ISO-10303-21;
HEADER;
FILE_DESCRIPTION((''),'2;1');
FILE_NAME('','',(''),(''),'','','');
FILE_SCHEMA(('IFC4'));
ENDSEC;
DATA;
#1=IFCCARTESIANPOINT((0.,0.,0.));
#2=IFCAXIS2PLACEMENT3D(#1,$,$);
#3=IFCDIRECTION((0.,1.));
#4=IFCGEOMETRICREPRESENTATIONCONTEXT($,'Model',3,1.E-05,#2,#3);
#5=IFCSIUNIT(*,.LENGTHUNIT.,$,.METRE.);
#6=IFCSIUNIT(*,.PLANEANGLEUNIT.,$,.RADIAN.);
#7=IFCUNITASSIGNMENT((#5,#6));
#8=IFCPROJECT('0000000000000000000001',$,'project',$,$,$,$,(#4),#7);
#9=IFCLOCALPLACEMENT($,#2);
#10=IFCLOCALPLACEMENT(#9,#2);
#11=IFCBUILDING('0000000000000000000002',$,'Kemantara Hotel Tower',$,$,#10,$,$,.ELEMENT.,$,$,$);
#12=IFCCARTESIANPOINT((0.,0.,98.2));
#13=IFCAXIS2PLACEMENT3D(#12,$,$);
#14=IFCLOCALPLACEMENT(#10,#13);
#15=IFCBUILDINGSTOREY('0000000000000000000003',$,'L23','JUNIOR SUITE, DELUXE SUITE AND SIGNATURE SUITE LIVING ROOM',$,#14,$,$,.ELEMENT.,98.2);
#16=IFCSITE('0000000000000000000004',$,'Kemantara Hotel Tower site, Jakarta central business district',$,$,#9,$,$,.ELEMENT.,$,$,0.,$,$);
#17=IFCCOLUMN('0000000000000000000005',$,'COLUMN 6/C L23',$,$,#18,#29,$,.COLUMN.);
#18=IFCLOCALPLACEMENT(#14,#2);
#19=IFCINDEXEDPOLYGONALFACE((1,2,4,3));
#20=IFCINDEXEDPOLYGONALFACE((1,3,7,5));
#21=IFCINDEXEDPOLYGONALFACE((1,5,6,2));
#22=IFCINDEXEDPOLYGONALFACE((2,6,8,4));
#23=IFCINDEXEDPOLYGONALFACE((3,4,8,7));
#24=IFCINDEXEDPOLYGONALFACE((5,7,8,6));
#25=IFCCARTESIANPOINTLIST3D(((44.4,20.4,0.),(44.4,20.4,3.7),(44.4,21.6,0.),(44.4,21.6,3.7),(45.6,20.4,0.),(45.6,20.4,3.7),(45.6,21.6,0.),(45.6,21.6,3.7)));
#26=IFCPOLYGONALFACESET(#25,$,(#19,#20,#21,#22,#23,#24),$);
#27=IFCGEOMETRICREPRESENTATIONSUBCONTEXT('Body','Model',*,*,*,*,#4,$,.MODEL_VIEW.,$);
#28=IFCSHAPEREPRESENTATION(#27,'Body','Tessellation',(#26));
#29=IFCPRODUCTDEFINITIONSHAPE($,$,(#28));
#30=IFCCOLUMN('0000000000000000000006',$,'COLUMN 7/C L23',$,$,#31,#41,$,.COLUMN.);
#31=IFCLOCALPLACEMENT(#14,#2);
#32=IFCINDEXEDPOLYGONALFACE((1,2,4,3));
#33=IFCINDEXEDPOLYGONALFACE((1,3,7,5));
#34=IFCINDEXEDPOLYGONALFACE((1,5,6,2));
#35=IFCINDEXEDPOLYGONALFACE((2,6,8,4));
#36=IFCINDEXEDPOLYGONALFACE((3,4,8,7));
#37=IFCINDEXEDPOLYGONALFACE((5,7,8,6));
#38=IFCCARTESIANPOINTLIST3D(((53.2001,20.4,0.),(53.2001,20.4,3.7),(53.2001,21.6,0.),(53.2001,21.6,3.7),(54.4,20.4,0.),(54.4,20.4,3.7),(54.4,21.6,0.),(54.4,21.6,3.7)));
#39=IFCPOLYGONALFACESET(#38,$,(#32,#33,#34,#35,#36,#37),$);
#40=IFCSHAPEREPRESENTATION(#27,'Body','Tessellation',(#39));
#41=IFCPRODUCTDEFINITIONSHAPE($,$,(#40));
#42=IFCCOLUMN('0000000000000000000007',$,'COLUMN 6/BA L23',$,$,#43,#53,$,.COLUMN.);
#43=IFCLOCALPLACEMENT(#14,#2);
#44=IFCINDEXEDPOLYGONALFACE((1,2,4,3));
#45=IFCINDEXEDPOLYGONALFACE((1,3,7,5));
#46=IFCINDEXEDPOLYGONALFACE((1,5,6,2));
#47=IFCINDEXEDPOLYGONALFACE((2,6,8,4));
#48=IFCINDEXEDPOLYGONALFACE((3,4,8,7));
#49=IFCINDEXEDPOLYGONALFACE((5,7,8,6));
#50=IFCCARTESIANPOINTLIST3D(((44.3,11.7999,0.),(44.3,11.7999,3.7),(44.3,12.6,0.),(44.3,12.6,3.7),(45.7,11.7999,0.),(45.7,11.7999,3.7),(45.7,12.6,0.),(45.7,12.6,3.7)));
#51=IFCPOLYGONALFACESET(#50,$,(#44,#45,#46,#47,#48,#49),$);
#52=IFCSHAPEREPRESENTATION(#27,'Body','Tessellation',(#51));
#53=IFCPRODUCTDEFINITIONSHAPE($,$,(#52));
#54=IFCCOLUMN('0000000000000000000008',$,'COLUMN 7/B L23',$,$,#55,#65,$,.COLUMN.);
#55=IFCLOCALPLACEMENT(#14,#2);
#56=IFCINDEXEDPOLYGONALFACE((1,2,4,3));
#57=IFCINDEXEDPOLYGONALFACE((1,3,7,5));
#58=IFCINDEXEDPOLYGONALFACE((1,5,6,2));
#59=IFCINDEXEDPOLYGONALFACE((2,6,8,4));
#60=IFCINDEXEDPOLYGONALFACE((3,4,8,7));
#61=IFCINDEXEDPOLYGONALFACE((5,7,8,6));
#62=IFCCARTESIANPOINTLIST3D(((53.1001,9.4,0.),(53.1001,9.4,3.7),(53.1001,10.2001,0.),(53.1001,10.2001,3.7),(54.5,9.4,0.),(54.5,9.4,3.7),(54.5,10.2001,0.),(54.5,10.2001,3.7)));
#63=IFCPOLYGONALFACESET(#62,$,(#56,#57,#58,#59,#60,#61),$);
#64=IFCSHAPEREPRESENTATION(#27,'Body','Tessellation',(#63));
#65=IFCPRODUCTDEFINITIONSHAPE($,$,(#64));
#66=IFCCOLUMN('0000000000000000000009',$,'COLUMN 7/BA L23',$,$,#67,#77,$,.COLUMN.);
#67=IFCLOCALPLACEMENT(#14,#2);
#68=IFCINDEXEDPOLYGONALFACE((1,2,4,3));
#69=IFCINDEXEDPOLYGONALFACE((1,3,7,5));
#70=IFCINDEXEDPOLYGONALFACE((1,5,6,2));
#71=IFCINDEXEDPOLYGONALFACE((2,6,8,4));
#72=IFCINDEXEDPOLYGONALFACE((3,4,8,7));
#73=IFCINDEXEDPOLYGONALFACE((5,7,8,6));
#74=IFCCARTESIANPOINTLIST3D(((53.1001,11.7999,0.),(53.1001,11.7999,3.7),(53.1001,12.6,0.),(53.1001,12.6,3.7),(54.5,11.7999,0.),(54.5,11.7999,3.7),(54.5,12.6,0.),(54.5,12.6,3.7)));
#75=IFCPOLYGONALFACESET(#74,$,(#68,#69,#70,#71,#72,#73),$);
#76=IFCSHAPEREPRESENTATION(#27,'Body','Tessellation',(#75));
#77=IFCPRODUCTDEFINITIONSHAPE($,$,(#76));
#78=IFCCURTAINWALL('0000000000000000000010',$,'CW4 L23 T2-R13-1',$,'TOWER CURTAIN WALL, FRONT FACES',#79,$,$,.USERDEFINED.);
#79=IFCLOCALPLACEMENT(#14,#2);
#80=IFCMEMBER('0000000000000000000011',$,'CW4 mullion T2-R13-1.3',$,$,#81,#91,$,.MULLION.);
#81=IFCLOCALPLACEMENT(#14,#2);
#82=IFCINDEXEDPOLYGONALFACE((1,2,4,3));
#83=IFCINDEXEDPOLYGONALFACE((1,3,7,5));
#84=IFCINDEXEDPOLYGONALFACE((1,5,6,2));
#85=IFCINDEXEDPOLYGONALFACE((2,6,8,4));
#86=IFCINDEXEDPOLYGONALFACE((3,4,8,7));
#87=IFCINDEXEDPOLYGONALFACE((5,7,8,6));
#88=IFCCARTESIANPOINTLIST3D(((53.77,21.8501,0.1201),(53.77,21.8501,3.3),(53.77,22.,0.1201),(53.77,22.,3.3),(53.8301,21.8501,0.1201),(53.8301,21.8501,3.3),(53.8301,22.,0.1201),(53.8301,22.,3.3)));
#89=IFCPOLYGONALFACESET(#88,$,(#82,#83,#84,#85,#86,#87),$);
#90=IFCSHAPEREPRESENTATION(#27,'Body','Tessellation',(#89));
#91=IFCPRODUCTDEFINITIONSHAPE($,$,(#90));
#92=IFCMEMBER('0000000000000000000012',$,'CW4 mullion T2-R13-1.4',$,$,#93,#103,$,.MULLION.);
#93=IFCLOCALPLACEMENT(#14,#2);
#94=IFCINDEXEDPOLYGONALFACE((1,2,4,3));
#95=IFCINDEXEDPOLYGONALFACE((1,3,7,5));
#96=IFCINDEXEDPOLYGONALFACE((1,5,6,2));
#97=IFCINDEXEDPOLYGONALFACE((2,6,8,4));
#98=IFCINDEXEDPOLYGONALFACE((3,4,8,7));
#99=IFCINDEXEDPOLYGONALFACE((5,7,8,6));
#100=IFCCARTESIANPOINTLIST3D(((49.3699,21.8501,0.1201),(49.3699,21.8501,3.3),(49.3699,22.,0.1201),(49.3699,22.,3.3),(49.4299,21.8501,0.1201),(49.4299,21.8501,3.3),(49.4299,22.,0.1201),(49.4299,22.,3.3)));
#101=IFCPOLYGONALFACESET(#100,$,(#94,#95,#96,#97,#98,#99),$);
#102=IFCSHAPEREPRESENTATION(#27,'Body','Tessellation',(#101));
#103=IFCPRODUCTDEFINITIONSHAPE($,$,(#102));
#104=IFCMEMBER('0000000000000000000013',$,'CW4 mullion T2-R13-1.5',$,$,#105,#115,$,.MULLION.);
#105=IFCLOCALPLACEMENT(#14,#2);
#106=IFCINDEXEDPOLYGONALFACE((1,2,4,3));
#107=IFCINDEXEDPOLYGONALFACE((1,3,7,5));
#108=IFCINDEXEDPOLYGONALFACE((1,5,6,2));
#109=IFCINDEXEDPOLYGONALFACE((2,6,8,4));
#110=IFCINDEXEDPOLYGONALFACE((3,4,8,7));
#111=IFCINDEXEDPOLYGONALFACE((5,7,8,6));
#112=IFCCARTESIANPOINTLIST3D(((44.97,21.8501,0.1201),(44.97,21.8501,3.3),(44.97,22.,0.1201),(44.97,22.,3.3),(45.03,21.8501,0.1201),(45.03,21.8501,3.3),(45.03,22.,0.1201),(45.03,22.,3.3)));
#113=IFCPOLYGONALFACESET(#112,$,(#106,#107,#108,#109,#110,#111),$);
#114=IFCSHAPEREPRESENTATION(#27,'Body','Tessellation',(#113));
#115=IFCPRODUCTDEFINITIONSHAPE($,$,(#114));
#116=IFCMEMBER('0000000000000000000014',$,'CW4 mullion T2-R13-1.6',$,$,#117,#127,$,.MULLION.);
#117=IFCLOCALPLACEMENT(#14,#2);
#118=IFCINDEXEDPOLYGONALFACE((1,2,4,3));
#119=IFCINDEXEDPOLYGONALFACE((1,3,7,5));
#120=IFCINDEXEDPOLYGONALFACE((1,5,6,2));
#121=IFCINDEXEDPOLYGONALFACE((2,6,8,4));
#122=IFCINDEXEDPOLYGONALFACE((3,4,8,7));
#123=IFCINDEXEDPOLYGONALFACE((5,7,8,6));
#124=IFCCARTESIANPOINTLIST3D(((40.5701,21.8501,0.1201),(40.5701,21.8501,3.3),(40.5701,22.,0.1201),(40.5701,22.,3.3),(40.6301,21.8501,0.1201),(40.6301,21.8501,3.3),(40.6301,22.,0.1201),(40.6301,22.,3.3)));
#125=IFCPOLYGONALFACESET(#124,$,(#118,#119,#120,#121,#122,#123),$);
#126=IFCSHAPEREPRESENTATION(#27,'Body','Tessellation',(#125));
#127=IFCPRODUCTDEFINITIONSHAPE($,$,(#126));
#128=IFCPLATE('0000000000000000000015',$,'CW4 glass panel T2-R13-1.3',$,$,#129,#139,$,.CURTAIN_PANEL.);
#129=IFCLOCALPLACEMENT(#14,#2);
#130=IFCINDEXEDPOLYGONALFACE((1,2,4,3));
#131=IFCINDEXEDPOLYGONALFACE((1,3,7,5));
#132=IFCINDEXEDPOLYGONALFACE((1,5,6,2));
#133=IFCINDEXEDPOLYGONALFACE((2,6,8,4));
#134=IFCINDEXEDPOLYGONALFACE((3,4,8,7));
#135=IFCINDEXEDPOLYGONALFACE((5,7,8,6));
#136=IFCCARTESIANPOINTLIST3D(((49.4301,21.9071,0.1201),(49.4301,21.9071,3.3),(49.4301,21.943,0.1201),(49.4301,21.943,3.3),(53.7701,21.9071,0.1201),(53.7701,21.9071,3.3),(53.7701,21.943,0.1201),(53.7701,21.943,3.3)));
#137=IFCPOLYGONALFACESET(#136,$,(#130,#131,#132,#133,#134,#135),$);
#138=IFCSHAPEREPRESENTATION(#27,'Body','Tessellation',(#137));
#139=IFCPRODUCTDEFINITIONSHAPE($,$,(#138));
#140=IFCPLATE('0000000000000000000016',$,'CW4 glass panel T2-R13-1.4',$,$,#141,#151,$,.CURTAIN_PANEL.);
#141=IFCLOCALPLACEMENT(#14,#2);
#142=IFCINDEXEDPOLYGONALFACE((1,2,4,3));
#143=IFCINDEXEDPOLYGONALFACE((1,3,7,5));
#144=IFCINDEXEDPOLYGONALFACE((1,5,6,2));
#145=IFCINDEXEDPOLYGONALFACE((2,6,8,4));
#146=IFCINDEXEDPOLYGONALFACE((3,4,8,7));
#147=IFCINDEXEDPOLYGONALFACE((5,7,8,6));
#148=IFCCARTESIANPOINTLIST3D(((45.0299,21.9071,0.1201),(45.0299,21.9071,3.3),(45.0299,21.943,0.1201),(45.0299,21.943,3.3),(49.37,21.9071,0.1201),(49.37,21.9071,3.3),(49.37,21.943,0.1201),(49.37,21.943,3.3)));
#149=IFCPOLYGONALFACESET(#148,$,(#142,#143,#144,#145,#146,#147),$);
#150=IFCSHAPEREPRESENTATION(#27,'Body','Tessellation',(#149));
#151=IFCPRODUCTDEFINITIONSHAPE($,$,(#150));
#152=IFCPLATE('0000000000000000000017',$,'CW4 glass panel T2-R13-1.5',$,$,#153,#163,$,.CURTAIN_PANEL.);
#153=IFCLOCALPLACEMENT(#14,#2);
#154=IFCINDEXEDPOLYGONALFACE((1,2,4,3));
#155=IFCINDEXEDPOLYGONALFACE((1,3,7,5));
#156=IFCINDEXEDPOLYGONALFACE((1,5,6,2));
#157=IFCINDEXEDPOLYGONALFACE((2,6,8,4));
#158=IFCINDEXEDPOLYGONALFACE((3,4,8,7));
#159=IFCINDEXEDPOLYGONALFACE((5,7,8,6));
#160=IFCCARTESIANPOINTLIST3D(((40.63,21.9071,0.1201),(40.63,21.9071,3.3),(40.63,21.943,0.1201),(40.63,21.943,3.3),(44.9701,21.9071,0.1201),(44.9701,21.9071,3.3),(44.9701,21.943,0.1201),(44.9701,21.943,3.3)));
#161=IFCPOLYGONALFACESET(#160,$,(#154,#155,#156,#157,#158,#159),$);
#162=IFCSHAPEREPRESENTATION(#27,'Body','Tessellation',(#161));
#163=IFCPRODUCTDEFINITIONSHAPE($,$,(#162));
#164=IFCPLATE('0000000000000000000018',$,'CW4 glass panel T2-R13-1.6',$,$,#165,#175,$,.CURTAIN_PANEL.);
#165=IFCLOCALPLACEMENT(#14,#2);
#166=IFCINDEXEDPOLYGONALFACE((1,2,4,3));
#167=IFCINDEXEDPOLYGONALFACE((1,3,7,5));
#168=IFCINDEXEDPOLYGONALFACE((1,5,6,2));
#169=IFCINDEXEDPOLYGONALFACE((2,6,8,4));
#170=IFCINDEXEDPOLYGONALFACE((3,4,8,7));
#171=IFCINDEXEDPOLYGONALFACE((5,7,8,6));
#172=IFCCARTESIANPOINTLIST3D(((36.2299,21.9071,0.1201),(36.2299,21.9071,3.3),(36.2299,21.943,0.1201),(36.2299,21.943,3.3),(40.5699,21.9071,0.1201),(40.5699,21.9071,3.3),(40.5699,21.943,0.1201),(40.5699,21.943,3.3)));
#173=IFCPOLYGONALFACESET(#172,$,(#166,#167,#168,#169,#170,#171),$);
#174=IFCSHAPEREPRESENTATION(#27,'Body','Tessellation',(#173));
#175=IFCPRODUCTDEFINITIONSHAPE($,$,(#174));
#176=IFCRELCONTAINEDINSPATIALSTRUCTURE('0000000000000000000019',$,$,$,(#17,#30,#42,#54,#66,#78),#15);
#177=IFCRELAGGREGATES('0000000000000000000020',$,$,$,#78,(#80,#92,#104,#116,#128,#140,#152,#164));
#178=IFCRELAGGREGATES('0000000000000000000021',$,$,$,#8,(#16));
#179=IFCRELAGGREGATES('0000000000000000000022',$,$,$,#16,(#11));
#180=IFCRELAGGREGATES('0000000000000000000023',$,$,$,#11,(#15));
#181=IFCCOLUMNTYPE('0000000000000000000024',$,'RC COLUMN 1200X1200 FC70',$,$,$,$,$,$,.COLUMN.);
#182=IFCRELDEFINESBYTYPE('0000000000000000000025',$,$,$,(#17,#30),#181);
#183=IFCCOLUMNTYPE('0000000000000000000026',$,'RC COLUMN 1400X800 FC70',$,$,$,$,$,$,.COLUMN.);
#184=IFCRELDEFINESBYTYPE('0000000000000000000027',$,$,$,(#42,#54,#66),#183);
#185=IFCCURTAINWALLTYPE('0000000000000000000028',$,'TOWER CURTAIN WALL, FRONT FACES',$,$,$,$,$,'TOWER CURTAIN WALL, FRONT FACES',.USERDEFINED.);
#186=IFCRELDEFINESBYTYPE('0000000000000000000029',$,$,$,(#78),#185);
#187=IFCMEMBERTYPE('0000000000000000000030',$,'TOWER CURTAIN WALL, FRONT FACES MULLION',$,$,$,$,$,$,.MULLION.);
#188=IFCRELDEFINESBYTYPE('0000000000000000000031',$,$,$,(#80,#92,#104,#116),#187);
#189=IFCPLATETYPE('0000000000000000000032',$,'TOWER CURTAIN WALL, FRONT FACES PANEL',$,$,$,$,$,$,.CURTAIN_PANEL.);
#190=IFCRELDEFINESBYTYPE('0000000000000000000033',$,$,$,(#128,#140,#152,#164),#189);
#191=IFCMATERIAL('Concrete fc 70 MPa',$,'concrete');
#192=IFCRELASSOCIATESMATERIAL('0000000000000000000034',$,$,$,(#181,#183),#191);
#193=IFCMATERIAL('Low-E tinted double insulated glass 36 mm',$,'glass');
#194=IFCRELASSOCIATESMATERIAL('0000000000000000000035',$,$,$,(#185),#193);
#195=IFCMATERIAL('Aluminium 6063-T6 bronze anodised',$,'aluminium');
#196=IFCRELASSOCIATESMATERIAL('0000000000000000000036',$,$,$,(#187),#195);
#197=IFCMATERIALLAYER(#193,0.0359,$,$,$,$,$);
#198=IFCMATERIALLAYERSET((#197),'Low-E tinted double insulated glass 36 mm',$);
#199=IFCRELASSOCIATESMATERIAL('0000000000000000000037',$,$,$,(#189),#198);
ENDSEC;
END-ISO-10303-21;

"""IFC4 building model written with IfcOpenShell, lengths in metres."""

from ifc_helpers import new_model, si_unit, direction, frame, origin, origin_2d, place, context, subcontext, project, spatial, rectangle, extrude, source, transform, mapped, material, layer, layer_set, material_profile, profile_set, type_object, element, aggregate, save


model = new_model("IFC4")

# Units and contexts
model_context = context("Model", 3, precision=1e-05, world=origin(), true_north=direction((0.0, 1.0)))
body_context = subcontext(model_context, "Body", "Model", "MODEL_VIEW")
ifc_project = project(units=[si_unit("LENGTHUNIT", "METRE"), si_unit("PLANEANGLEUNIT", "RADIAN")], contexts=[model_context])

# Site, building, storey
site_placement = place(None, origin())
site = spatial("IfcSite", under=ifc_project, at=site_placement, Name="Kemantara Hotel Tower site, Jakarta central business district", CompositionType="ELEMENT", RefElevation=0.0)
building_placement = place(site_placement, origin())
building = spatial("IfcBuilding", under=site, at=building_placement, Name="Kemantara Hotel Tower", CompositionType="ELEMENT")
storey_placement = place(building_placement, frame((0.0, 0.0, 98.2)))
storey = spatial("IfcBuildingStorey", under=building, at=storey_placement, Name="L23", Description="JUNIOR SUITE, DELUXE SUITE AND SIGNATURE SUITE LIVING ROOM", CompositionType="ELEMENT", Elevation=98.2)

# Columns
ifc_material_1 = material(Name="Concrete fc 70 MPa", Category="concrete")
ifc_material_profile_1 = material_profile(ifc_material_1, rectangle(XDim=1.2, YDim=1.2, at=origin_2d()), Name="RC 1200X1200")
ifc_profile_set_1 = profile_set([ifc_material_profile_1], Name="Concrete fc 70 MPa")
column_type_1 = type_object("IfcColumnType", Name="RC COLUMN 1200X1200 FC70", PredefinedType="COLUMN", material=ifc_profile_set_1)
for number, where, z_axis, x_axis, name in (
    (1, (45.0, 21.0, 0.0), (0.0, 0.0, 1.0), (1.0, 0.0, 0.0), "COLUMN 6/C L23"),
    (2, (53.8, 21.0, 0.0), (0.0, 0.0, 1.0), (1.0, 0.0, 0.0), "COLUMN 7/C L23"),
):
    element("IfcColumn", number, at=place(storey_placement, frame(where, z_axis=z_axis, x_axis=x_axis)), inside=storey, type_object=column_type_1, Name=name, PredefinedType="COLUMN", context=body_context, shape_type="SweptSolid", body=[
        extrude(rectangle(XDim=1.2, YDim=1.2, at=origin_2d()), origin(), (0.0, 0.0, 1.0), 3.7),
    ])
ifc_material_profile_2 = material_profile(ifc_material_1, rectangle(XDim=1.3999, YDim=0.8, at=origin_2d()), Name="RC 1400X800")
ifc_profile_set_2 = profile_set([ifc_material_profile_2], Name="Concrete fc 70 MPa")
column_type_2 = type_object("IfcColumnType", Name="RC COLUMN 1400X800 FC70", PredefinedType="COLUMN", material=ifc_profile_set_2)
for number, where, z_axis, x_axis, name in (
    (3, (45.0, 12.2, 0.0), (0.0, 0.0, 1.0), (1.0, 0.0, 0.0), "COLUMN 6/BA L23"),
    (4, (53.8, 9.8, 0.0), (0.0, 0.0, 1.0), (1.0, 0.0, 0.0), "COLUMN 7/B L23"),
    (5, (53.8, 12.2, 0.0), (0.0, 0.0, 1.0), (1.0, 0.0, 0.0), "COLUMN 7/BA L23"),
):
    element("IfcColumn", number, at=place(storey_placement, frame(where, z_axis=z_axis, x_axis=x_axis)), inside=storey, type_object=column_type_2, Name=name, PredefinedType="COLUMN", context=body_context, shape_type="SweptSolid", body=[
        extrude(rectangle(XDim=1.3999, YDim=0.8, at=origin_2d()), origin(), (0.0, 0.0, 1.0), 3.7),
    ])

# Curtain wall, members, plates
ifc_material_2 = material(Name="Low-E tinted double insulated glass 36 mm", Category="glass")
curtain_wall_type = type_object("IfcCurtainWallType", Name="TOWER CURTAIN WALL, FRONT FACES", ElementType="TOWER CURTAIN WALL, FRONT FACES", PredefinedType="USERDEFINED", material=ifc_material_2)
curtain_wall_placement = place(storey_placement, origin())
curtain_wall = element("IfcCurtainWall", 6, at=curtain_wall_placement, inside=storey, type_object=curtain_wall_type, Name="CW4 L23 T2-R13-1", ObjectType="TOWER CURTAIN WALL, FRONT FACES", PredefinedType="USERDEFINED")
ifc_material_3 = material(Name="Aluminium 6063-T6 bronze anodised", Category="aluminium")
ifc_material_profile_3 = material_profile(ifc_material_3, rectangle(XDim=0.1499, YDim=0.0601, at=origin_2d()), Name="TOWER CURTAIN WALL, FRONT FACES MULLION")
ifc_profile_set_3 = profile_set([ifc_material_profile_3], Name="Aluminium 6063-T6 bronze anodised")
member_type = type_object("IfcMemberType", Name="TOWER CURTAIN WALL, FRONT FACES MULLION", PredefinedType="MULLION", material=ifc_profile_set_3)
shared_shape_1 = source(origin(), body_context, "Body", "SweptSolid", [
    extrude(rectangle(XDim=0.1499, YDim=0.0601, at=origin_2d()), origin(), (0.0, 0.0, 1.0), 3.1799),
])
member_1_placement = place(storey_placement, frame((53.8, 21.925, 0.1201), z_axis=(0.0, 0.0, 1.0), x_axis=(0.0, -1.0, 0.0)))
member_1 = element("IfcMember", 7, at=member_1_placement, type_object=member_type, Name="CW4 mullion T2-R13-1.3", PredefinedType="MULLION", context=body_context, shape_type="MappedRepresentation", body=[
    mapped(shared_shape_1, transform((0.0, 0.0, 0.0))),
])
member_2_placement = place(storey_placement, frame((49.3999, 21.925, 0.1201), z_axis=(0.0, 0.0, 1.0), x_axis=(0.0, -1.0, 0.0)))
member_2 = element("IfcMember", 8, at=member_2_placement, type_object=member_type, Name="CW4 mullion T2-R13-1.4", PredefinedType="MULLION", context=body_context, shape_type="MappedRepresentation", body=[
    mapped(shared_shape_1, transform((0.0, 0.0, 0.0))),
])
member_3_placement = place(storey_placement, frame((45.0, 21.925, 0.1201), z_axis=(0.0, 0.0, 1.0), x_axis=(0.0, -1.0, 0.0)))
member_3 = element("IfcMember", 9, at=member_3_placement, type_object=member_type, Name="CW4 mullion T2-R13-1.5", PredefinedType="MULLION", context=body_context, shape_type="MappedRepresentation", body=[
    mapped(shared_shape_1, transform((0.0, 0.0, 0.0))),
])
member_4_placement = place(storey_placement, frame((40.6001, 21.925, 0.1201), z_axis=(0.0, 0.0, 1.0), x_axis=(0.0, -1.0, 0.0)))
member_4 = element("IfcMember", 10, at=member_4_placement, type_object=member_type, Name="CW4 mullion T2-R13-1.6", PredefinedType="MULLION", context=body_context, shape_type="MappedRepresentation", body=[
    mapped(shared_shape_1, transform((0.0, 0.0, 0.0))),
])
ifc_layer_1 = layer(ifc_material_2, 0.0359)
ifc_layer_set_1 = layer_set([ifc_layer_1], Name="Low-E tinted double insulated glass 36 mm")
plate_type = type_object("IfcPlateType", Name="TOWER CURTAIN WALL, FRONT FACES PANEL", PredefinedType="CURTAIN_PANEL", material=ifc_layer_set_1)
shared_shape_2 = source(origin(), body_context, "Body", "SweptSolid", [
    extrude(rectangle(XDim=4.3401, YDim=0.0359, at=origin_2d()), origin(), (0.0, 0.0, 1.0), 3.1799),
])
plate_1_placement = place(storey_placement, frame((51.6001, 21.925, 0.1201), z_axis=(0.0, 0.0, 1.0), x_axis=(-1.0, 0.0, 0.0)))
plate_1 = element("IfcPlate", 11, at=plate_1_placement, type_object=plate_type, Name="CW4 glass panel T2-R13-1.3", PredefinedType="CURTAIN_PANEL", context=body_context, shape_type="MappedRepresentation", body=[
    mapped(shared_shape_2, transform((0.0, 0.0, 0.0))),
])
plate_2_placement = place(storey_placement, frame((47.2, 21.925, 0.1201), z_axis=(0.0, 0.0, 1.0), x_axis=(-1.0, 0.0, 0.0)))
plate_2 = element("IfcPlate", 12, at=plate_2_placement, type_object=plate_type, Name="CW4 glass panel T2-R13-1.4", PredefinedType="CURTAIN_PANEL", context=body_context, shape_type="MappedRepresentation", body=[
    mapped(shared_shape_2, transform((0.0, 0.0, 0.0))),
])
plate_3_placement = place(storey_placement, frame((42.8, 21.925, 0.1201), z_axis=(0.0, 0.0, 1.0), x_axis=(-1.0, 0.0, 0.0)))
plate_3 = element("IfcPlate", 13, at=plate_3_placement, type_object=plate_type, Name="CW4 glass panel T2-R13-1.5", PredefinedType="CURTAIN_PANEL", context=body_context, shape_type="MappedRepresentation", body=[
    mapped(shared_shape_2, transform((0.0, 0.0, 0.0))),
])
plate_4_placement = place(storey_placement, frame((38.3999, 21.925, 0.1201), z_axis=(0.0, 0.0, 1.0), x_axis=(-1.0, 0.0, 0.0)))
plate_4 = element("IfcPlate", 14, at=plate_4_placement, type_object=plate_type, Name="CW4 glass panel T2-R13-1.6", PredefinedType="CURTAIN_PANEL", context=body_context, shape_type="MappedRepresentation", body=[
    mapped(shared_shape_2, transform((0.0, 0.0, 0.0))),
])
aggregate(curtain_wall, [member_1, member_2, member_3, member_4, plate_1, plate_2, plate_3, plate_4])

save(model, "model.ifc")
